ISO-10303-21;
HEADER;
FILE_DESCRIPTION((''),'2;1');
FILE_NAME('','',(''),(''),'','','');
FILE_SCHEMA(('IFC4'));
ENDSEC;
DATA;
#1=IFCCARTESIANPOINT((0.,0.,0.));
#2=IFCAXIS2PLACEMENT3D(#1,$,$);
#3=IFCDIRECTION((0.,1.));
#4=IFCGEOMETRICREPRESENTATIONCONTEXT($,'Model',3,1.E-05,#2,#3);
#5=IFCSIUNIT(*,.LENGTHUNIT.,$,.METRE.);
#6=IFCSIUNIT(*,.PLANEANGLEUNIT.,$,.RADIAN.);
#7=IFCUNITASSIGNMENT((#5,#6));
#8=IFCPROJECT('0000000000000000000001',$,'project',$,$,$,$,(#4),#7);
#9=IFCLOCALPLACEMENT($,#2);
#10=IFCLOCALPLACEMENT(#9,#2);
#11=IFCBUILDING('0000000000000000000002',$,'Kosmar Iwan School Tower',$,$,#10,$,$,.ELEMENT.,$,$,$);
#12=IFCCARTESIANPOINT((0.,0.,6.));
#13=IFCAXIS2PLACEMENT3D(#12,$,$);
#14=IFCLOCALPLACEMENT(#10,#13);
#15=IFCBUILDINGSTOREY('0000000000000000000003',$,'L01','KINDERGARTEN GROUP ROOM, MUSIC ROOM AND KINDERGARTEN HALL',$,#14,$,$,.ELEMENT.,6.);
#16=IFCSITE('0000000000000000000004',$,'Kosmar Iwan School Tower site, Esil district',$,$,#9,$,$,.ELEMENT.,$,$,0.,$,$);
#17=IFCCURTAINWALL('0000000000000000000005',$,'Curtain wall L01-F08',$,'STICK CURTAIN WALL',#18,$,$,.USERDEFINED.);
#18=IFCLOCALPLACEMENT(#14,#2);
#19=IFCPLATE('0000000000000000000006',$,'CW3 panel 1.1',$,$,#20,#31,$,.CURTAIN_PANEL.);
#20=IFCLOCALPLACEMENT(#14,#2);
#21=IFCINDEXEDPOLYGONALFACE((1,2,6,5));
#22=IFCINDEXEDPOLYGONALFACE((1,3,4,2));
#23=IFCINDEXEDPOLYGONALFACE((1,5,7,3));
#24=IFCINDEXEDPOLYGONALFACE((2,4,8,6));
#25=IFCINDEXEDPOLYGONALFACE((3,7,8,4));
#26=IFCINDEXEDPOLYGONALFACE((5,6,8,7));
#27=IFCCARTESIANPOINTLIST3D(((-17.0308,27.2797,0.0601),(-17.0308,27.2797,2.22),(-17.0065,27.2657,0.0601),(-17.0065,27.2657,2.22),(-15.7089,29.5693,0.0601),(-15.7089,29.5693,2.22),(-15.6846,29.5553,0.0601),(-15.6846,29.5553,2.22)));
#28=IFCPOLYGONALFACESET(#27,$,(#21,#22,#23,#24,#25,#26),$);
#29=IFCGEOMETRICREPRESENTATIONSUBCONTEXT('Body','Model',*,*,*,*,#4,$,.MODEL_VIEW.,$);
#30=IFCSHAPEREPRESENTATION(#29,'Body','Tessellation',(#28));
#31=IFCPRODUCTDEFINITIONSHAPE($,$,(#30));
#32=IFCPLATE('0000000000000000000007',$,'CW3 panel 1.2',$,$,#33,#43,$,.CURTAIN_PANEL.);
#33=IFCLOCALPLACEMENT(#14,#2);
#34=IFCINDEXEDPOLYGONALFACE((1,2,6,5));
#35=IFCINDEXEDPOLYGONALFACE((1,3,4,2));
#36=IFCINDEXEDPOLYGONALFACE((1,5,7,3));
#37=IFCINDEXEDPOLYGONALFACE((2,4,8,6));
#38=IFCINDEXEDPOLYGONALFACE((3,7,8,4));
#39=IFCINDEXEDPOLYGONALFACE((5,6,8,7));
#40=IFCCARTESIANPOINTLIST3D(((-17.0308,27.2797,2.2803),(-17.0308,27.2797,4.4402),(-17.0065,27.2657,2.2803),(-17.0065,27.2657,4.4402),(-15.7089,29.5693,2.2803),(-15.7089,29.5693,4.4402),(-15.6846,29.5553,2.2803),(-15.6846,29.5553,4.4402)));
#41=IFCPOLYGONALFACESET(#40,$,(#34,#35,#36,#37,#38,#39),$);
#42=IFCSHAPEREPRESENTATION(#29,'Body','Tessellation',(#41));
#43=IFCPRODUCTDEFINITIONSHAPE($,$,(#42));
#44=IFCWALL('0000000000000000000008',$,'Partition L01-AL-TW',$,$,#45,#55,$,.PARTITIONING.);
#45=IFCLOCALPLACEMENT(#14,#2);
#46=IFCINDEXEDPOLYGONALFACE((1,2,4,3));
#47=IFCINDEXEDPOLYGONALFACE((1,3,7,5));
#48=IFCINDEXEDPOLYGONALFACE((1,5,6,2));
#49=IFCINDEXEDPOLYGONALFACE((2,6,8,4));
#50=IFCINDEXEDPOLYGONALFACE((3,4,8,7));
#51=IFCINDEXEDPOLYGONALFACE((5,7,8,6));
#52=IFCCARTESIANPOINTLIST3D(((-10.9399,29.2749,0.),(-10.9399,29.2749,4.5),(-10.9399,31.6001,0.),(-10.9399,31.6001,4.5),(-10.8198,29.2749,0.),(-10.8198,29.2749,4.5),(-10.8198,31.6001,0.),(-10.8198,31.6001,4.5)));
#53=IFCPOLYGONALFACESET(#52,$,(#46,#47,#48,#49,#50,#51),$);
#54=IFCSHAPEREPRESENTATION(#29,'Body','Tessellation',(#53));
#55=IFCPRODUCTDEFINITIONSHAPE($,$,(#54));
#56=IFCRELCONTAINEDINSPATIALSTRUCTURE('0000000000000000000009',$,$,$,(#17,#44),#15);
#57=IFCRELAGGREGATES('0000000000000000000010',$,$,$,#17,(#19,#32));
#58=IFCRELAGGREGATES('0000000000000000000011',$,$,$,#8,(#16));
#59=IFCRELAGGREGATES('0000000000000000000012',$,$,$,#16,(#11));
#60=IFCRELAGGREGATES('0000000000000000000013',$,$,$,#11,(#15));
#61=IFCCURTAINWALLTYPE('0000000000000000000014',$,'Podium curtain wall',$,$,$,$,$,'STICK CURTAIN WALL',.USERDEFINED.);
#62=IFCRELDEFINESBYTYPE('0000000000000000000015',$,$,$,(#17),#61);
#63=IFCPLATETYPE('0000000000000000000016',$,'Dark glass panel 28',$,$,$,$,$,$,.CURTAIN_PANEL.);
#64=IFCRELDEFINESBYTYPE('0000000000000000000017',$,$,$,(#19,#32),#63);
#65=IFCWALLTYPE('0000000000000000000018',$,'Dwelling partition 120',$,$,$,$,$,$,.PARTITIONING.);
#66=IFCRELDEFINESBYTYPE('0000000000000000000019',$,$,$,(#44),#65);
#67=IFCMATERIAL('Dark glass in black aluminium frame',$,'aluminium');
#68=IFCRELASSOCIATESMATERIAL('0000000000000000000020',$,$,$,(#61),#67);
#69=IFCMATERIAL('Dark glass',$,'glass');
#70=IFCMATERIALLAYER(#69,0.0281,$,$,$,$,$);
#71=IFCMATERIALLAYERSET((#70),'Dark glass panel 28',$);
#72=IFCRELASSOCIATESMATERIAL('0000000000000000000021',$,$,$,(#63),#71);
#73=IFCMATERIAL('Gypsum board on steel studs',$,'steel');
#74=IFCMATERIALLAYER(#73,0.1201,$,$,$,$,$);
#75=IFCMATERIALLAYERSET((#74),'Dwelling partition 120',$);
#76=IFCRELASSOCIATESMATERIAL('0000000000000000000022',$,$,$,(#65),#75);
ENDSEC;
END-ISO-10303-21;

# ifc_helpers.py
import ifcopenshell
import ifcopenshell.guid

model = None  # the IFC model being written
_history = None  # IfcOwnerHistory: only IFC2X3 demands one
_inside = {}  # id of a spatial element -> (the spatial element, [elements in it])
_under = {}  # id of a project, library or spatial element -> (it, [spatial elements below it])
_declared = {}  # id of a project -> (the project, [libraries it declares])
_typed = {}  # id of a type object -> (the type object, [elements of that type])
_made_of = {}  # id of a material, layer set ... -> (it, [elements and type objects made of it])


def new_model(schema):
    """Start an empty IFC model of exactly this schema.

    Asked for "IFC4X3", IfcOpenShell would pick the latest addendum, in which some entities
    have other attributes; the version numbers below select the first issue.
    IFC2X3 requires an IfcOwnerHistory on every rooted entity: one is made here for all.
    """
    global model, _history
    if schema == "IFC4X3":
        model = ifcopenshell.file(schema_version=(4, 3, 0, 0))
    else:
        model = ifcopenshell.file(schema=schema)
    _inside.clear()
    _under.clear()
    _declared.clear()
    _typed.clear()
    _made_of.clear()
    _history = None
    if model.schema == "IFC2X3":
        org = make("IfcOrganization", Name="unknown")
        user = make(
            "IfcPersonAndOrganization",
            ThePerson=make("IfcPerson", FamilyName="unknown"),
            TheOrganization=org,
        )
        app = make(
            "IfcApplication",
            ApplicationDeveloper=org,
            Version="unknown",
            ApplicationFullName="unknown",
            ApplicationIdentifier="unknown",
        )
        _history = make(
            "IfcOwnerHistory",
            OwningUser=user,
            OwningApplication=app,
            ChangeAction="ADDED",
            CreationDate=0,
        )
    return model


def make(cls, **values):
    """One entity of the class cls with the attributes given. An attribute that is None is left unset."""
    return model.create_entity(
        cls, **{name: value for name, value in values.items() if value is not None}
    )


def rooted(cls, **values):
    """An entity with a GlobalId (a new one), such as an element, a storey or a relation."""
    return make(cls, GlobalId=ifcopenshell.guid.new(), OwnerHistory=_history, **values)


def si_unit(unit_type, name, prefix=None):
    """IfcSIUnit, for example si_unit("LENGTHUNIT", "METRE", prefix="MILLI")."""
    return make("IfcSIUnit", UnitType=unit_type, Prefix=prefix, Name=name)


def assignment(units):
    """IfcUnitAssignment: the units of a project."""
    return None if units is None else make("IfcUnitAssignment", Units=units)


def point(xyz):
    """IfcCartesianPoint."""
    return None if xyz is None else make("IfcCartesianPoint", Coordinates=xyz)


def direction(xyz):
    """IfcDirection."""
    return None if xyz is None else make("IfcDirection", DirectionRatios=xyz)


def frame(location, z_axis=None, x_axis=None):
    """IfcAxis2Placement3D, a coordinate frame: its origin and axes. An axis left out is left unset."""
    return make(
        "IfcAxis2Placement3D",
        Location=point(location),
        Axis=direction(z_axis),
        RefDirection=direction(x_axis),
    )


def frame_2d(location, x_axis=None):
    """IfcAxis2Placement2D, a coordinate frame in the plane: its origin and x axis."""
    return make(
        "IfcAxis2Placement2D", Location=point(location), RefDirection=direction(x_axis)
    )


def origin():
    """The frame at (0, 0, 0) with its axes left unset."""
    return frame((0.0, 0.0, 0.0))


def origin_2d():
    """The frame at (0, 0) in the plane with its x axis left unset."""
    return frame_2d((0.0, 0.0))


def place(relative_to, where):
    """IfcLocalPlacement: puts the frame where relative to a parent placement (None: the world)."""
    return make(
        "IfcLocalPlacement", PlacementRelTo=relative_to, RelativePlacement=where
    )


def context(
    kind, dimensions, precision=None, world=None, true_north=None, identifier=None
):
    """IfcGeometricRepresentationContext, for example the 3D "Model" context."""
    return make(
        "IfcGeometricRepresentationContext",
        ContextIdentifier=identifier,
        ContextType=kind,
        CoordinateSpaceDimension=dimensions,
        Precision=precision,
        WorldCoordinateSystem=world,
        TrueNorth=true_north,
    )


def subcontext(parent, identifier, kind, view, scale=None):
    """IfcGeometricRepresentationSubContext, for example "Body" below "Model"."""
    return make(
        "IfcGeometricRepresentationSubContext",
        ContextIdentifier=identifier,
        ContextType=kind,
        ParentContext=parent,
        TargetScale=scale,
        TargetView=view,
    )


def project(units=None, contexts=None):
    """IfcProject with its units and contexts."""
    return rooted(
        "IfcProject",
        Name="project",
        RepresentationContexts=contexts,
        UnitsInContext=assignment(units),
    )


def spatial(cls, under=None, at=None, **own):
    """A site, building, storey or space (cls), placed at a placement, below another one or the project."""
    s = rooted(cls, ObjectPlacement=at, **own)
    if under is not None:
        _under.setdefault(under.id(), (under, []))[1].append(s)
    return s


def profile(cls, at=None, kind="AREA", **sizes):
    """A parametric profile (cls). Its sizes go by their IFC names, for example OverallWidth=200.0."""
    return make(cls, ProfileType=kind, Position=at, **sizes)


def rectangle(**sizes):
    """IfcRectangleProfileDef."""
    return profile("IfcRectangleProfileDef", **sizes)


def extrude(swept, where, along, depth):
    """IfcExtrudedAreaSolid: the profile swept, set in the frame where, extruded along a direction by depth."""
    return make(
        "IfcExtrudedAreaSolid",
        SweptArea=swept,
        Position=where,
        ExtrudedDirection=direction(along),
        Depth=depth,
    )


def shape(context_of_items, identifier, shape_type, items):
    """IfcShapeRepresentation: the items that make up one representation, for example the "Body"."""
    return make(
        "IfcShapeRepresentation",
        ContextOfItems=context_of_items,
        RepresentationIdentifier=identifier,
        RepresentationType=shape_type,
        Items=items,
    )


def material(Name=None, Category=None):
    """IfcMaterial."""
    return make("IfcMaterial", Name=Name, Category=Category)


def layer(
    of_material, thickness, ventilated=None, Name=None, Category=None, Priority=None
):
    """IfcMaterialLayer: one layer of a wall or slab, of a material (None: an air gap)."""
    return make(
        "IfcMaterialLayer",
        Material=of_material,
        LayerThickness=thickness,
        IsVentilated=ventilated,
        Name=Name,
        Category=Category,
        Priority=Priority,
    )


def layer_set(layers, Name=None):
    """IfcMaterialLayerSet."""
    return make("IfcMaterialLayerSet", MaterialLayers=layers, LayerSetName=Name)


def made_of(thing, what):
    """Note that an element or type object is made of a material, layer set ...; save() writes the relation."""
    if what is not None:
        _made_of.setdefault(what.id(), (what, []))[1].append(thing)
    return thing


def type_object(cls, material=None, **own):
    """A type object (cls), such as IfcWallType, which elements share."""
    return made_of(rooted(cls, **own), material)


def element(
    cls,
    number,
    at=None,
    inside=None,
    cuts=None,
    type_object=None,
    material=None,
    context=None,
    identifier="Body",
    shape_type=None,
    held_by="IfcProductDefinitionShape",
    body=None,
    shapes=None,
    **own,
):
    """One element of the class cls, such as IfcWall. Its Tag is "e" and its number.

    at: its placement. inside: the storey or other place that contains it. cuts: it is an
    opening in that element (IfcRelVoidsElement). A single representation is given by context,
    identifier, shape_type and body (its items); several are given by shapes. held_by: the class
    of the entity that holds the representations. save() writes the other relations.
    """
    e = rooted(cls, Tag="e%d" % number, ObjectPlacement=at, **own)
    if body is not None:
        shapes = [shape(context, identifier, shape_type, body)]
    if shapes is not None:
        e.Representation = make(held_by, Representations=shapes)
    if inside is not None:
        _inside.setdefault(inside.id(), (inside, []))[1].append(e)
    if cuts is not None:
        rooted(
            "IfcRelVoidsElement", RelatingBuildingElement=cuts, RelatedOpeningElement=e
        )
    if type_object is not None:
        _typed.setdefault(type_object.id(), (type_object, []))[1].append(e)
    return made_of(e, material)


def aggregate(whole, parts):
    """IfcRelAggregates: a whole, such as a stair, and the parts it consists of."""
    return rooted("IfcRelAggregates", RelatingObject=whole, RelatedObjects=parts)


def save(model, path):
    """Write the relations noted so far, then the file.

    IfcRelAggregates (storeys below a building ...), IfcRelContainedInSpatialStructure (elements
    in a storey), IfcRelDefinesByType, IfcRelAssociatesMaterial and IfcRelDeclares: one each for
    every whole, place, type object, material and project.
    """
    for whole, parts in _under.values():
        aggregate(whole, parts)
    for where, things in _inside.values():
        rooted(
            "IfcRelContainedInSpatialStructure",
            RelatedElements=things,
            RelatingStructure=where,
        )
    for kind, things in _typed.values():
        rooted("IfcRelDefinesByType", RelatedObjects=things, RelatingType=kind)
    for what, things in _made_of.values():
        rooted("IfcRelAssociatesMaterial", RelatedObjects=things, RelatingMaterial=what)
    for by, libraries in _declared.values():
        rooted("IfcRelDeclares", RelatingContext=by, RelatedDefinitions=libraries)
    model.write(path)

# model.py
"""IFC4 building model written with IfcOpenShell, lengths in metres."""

from ifc_helpers import new_model, si_unit, direction, frame, frame_2d, origin, origin_2d, place, context, subcontext, project, spatial, rectangle, extrude, material, layer, layer_set, type_object, element, aggregate, save


model = new_model("IFC4")

# Units and contexts
model_context = context("Model", 3, precision=1e-05, world=origin(), true_north=direction((0.0, 1.0)))
body_context = subcontext(model_context, "Body", "Model", "MODEL_VIEW")
ifc_project = project(units=[si_unit("LENGTHUNIT", "METRE"), si_unit("PLANEANGLEUNIT", "RADIAN")], contexts=[model_context])

# Site, building, storey
site_placement = place(None, origin())
site = spatial("IfcSite", under=ifc_project, at=site_placement, Name="Kosmar Iwan School Tower site, Esil district", CompositionType="ELEMENT", RefElevation=0.0)
building_placement = place(site_placement, origin())
building = spatial("IfcBuilding", under=site, at=building_placement, Name="Kosmar Iwan School Tower", CompositionType="ELEMENT")
storey_placement = place(building_placement, frame((0.0, 0.0, 6.0)))
storey = spatial("IfcBuildingStorey", under=building, at=storey_placement, Name="L01", Description="KINDERGARTEN GROUP ROOM, MUSIC ROOM AND KINDERGARTEN HALL", CompositionType="ELEMENT", Elevation=6.0)

# Curtain wall
ifc_material_1 = material(Name="Dark glass in black aluminium frame", Category="aluminium")
curtain_wall_type = type_object("IfcCurtainWallType", Name="Podium curtain wall", ElementType="STICK CURTAIN WALL", PredefinedType="USERDEFINED", material=ifc_material_1)
curtain_wall_1_placement = place(storey_placement, origin())
curtain_wall_1 = element("IfcCurtainWall", 1, at=curtain_wall_1_placement, inside=storey, type_object=curtain_wall_type, Name="Curtain wall L01-F08", ObjectType="STICK CURTAIN WALL", PredefinedType="USERDEFINED")

# Plates
ifc_material_2 = material(Name="Dark glass", Category="glass")
ifc_layer_1 = layer(ifc_material_2, 0.0281)
ifc_layer_set_1 = layer_set([ifc_layer_1], Name="Dark glass panel 28")
plate_type = type_object("IfcPlateType", Name="Dark glass panel 28", PredefinedType="CURTAIN_PANEL", material=ifc_layer_set_1)
plate_1_placement = place(storey_placement, frame((-16.3577, 28.4175, 0.0601), z_axis=(0.0, 0.0, 1.0), x_axis=(-0.5, -0.866025, 0.0)))
plate_1 = element("IfcPlate", 2, at=plate_1_placement, type_object=plate_type, Name="CW3 panel 1.1", PredefinedType="CURTAIN_PANEL", context=body_context, shape_type="SweptSolid", body=[
    extrude(rectangle(XDim=2.6438, YDim=0.0281, at=origin_2d()), origin(), (0.0, 0.0, 1.0), 2.1599),
])
plate_2_placement = place(storey_placement, frame((-16.3577, 28.4175, 2.2803), z_axis=(0.0, 0.0, 1.0), x_axis=(-0.5, -0.866025, 0.0)))
plate_2 = element("IfcPlate", 3, at=plate_2_placement, type_object=plate_type, Name="CW3 panel 1.2", PredefinedType="CURTAIN_PANEL", context=body_context, shape_type="SweptSolid", body=[
    extrude(rectangle(XDim=2.6438, YDim=0.0281, at=origin_2d()), origin(), (0.0, 0.0, 1.0), 2.1599),
])
aggregate(curtain_wall_1, [plate_1, plate_2])

# Wall
ifc_material_3 = material(Name="Gypsum board on steel studs", Category="steel")
ifc_layer_2 = layer(ifc_material_3, 0.1201)
ifc_layer_set_2 = layer_set([ifc_layer_2], Name="Dwelling partition 120")
wall_type = type_object("IfcWallType", Name="Dwelling partition 120", PredefinedType="PARTITIONING", material=ifc_layer_set_2)
wall_placement = place(storey_placement, frame((-10.8799, 29.2749, 0.0), z_axis=(0.0, 0.0, 1.0), x_axis=(0.0, 1.0, 0.0)))
element("IfcWall", 4, at=wall_placement, inside=storey, type_object=wall_type, Name="Partition L01-AL-TW", PredefinedType="PARTITIONING", context=body_context, shape_type="SweptSolid", body=[
    extrude(rectangle(XDim=2.3252, YDim=0.1201, at=frame_2d((1.1626, 0.0))), origin(), (0.0, 0.0, 1.0), 4.5),
])

save(model, "model.ifc")
